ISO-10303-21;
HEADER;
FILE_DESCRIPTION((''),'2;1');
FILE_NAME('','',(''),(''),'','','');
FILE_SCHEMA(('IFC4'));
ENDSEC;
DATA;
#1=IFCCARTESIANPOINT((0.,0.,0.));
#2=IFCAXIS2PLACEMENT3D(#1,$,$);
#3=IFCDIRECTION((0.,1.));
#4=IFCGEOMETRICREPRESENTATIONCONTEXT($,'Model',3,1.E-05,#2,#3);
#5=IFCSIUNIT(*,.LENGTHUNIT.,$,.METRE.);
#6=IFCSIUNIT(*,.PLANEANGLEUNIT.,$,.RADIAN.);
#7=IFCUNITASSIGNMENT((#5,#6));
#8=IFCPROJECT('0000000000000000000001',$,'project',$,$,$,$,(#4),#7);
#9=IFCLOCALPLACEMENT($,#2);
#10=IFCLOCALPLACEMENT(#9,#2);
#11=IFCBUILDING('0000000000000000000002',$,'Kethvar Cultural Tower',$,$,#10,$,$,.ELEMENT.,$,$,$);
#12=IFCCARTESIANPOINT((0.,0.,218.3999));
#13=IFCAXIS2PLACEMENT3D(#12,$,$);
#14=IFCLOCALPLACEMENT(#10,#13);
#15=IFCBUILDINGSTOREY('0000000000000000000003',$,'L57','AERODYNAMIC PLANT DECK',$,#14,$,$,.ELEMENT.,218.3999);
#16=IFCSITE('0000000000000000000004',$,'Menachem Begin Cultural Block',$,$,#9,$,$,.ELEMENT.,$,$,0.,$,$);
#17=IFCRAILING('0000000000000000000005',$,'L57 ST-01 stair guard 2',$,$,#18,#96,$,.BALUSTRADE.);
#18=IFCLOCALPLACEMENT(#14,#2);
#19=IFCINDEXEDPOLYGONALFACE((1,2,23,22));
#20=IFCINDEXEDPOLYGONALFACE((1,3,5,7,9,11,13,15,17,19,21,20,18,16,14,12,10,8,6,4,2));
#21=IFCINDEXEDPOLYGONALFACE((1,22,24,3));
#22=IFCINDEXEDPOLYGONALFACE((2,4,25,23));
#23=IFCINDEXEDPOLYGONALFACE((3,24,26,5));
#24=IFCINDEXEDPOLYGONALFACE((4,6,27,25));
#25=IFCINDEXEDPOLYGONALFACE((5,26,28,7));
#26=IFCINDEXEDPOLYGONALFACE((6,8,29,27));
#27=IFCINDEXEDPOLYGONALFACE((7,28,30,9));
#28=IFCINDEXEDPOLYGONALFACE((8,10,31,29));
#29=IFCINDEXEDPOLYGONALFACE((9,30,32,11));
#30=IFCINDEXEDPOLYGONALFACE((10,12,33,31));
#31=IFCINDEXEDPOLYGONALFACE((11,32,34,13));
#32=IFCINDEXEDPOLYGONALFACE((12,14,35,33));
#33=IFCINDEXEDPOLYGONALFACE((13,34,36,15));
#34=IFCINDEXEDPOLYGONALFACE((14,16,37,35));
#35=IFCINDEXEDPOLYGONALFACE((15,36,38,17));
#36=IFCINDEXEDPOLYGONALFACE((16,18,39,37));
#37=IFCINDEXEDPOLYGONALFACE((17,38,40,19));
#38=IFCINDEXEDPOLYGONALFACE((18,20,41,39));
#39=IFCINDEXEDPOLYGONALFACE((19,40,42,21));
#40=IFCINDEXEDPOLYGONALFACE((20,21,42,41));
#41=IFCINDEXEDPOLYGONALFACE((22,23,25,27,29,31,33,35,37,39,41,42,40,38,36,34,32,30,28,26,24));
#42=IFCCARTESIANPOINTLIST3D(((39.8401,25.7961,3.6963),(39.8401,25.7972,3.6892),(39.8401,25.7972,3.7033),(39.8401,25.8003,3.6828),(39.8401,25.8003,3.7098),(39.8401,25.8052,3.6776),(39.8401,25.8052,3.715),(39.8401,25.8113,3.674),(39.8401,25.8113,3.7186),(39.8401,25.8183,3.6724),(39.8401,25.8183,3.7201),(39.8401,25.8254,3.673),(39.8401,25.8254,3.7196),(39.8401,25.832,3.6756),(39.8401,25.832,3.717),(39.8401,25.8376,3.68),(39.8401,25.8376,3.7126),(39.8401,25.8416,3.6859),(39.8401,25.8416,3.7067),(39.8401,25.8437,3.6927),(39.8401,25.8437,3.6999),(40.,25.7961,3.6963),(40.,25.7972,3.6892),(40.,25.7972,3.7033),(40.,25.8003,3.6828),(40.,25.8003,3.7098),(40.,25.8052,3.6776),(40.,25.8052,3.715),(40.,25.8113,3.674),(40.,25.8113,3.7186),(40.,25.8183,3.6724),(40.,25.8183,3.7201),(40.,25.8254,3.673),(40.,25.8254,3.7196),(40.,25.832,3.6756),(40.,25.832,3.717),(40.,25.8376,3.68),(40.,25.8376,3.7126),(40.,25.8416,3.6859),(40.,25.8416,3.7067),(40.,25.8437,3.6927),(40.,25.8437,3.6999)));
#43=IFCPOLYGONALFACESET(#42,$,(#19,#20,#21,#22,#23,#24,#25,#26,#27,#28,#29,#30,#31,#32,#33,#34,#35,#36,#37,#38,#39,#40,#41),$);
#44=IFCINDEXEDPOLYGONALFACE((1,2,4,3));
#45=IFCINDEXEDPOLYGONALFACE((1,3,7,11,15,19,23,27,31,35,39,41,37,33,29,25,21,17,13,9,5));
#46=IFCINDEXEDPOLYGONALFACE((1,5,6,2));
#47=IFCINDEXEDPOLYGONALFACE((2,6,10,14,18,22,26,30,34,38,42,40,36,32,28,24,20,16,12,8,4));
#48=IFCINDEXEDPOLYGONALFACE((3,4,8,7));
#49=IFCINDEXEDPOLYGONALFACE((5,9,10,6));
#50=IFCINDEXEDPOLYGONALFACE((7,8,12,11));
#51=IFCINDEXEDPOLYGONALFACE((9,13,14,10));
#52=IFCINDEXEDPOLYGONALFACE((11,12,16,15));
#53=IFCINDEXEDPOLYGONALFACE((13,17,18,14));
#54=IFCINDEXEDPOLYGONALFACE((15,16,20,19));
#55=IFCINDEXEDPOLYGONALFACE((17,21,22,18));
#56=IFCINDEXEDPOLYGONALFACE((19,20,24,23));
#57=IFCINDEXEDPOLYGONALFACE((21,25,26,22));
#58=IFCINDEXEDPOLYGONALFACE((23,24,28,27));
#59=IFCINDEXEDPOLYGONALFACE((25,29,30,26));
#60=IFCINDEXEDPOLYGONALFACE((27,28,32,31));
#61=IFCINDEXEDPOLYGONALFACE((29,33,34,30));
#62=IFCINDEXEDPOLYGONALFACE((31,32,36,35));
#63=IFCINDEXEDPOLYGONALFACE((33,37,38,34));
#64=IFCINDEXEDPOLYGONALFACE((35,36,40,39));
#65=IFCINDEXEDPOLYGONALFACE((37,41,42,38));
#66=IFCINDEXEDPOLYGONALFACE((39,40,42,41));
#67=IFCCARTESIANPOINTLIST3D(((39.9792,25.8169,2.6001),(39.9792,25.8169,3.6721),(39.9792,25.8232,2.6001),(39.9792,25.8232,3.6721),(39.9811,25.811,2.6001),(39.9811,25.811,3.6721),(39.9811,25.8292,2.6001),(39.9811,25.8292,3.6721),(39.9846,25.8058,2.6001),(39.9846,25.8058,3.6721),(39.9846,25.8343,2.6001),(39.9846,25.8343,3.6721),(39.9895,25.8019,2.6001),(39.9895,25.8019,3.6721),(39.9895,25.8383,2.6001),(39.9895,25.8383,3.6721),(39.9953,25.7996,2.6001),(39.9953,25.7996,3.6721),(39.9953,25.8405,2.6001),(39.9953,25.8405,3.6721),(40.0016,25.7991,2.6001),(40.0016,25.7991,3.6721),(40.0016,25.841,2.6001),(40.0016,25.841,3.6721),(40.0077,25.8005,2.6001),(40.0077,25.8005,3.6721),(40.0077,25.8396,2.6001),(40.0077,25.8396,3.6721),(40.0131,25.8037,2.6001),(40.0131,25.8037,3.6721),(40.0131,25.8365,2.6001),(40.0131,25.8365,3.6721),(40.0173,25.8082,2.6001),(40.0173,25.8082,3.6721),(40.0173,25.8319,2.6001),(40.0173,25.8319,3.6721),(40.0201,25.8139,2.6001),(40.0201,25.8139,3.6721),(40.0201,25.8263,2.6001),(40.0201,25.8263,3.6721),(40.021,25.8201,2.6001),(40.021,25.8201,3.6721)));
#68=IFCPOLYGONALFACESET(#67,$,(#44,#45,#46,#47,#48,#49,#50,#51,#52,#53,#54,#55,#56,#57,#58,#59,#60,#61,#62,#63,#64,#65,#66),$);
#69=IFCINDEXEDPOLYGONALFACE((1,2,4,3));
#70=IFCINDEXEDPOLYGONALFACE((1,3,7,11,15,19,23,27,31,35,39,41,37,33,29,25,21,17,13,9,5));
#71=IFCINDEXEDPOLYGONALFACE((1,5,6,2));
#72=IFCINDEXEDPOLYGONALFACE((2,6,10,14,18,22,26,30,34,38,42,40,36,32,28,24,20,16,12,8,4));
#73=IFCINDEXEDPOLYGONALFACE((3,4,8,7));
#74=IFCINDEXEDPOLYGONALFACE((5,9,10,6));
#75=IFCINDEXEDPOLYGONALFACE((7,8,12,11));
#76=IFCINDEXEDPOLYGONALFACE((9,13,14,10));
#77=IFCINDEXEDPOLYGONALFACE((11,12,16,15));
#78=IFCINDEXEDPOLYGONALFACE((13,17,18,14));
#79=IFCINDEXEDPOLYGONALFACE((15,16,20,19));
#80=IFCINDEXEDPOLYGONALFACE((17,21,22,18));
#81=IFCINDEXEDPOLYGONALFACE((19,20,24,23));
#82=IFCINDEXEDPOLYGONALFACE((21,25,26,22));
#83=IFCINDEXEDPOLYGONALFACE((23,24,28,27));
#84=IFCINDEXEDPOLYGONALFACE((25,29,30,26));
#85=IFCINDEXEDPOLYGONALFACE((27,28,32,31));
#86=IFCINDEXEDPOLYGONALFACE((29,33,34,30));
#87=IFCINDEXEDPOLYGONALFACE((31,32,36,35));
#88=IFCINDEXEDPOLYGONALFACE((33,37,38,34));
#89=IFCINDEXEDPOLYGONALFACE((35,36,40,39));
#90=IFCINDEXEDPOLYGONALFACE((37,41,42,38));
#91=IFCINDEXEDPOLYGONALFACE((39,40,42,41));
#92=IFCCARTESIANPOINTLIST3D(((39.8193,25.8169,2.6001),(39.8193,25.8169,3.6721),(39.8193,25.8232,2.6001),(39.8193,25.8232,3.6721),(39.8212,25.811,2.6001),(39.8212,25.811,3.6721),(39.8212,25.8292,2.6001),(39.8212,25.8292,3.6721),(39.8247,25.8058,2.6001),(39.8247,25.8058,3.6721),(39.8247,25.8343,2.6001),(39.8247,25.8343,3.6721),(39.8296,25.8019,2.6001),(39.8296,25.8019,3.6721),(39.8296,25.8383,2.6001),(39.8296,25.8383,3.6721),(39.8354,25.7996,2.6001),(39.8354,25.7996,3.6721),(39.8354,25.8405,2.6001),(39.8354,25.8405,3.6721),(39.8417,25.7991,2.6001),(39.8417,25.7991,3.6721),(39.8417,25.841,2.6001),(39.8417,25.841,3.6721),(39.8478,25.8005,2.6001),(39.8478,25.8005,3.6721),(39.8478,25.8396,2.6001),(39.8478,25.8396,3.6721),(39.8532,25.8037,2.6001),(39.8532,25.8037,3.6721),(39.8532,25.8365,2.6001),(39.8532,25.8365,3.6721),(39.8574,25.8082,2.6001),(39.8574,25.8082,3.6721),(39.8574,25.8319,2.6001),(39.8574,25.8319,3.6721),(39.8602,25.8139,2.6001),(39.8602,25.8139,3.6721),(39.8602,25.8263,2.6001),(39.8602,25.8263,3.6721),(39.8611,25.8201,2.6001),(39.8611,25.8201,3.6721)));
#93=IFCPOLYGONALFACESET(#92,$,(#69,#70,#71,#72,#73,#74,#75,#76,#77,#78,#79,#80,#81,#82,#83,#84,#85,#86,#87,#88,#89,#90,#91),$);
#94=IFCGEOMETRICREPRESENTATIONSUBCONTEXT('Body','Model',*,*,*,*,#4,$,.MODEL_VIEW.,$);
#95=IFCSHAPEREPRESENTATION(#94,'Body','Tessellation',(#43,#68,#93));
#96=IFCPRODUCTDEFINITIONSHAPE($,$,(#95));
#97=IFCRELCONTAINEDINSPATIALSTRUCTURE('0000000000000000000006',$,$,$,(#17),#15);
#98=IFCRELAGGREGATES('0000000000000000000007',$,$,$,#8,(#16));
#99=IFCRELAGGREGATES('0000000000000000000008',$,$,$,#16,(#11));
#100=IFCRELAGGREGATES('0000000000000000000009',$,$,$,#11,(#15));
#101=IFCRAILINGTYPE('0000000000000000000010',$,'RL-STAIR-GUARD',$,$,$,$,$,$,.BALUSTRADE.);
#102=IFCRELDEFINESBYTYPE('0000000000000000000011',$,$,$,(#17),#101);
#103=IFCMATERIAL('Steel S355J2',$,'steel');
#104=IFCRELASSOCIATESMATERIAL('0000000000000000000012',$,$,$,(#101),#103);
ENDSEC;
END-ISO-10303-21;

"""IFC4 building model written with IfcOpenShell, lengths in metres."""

from ifc_helpers import new_model, si_unit, direction, frame, origin, origin_2d, place, context, subcontext, project, spatial, circle, extrude, material, type_object, element, save


model = new_model("IFC4")

# Units and contexts
model_context = context("Model", 3, precision=1e-05, world=origin(), true_north=direction((0.0, 1.0)))
body_context = subcontext(model_context, "Body", "Model", "MODEL_VIEW")
ifc_project = project(units=[si_unit("LENGTHUNIT", "METRE"), si_unit("PLANEANGLEUNIT", "RADIAN")], contexts=[model_context])

# Site, building, storey
site_placement = place(None, origin())
site = spatial("IfcSite", under=ifc_project, at=site_placement, Name="Menachem Begin Cultural Block", CompositionType="ELEMENT", RefElevation=0.0)
building_placement = place(site_placement, origin())
building = spatial("IfcBuilding", under=site, at=building_placement, Name="Kethvar Cultural Tower", CompositionType="ELEMENT")
storey_placement = place(building_placement, frame((0.0, 0.0, 218.3999)))
storey = spatial("IfcBuildingStorey", under=building, at=storey_placement, Name="L57", Description="AERODYNAMIC PLANT DECK", CompositionType="ELEMENT", Elevation=218.3999)

# Shared definitions
ifc_material_1 = material(Name="Steel S355J2", Category="steel")

# Railing
railing_type_1 = type_object("IfcRailingType", Name="RL-STAIR-GUARD", PredefinedType="BALUSTRADE", material=ifc_material_1)
railing_1_placement = place(storey_placement, frame((40.0, 25.8201, 2.6001)))
element("IfcRailing", 1, at=railing_1_placement, inside=storey, type_object=railing_type_1, Name="L57 ST-01 stair guard 2", PredefinedType="BALUSTRADE", context=body_context, shape_type="SweptSolid", body=[
    extrude(circle(Radius=0.0239, at=origin_2d()), frame((0.0, 0.0, 1.0962), z_axis=(-1.0, 0.0, 0.0), x_axis=(0.0, -1.0, 0.0)), (0.0, 0.0, 1.0), 0.1599),
    extrude(circle(Radius=0.021, at=origin_2d()), origin(), (0.0, 0.0, 1.0), 1.072),
    extrude(circle(Radius=0.021, at=origin_2d()), frame((-0.1599, 0.0, 0.0)), (0.0, 0.0, 1.0), 1.072),
])

save(model, "model.ifc")
